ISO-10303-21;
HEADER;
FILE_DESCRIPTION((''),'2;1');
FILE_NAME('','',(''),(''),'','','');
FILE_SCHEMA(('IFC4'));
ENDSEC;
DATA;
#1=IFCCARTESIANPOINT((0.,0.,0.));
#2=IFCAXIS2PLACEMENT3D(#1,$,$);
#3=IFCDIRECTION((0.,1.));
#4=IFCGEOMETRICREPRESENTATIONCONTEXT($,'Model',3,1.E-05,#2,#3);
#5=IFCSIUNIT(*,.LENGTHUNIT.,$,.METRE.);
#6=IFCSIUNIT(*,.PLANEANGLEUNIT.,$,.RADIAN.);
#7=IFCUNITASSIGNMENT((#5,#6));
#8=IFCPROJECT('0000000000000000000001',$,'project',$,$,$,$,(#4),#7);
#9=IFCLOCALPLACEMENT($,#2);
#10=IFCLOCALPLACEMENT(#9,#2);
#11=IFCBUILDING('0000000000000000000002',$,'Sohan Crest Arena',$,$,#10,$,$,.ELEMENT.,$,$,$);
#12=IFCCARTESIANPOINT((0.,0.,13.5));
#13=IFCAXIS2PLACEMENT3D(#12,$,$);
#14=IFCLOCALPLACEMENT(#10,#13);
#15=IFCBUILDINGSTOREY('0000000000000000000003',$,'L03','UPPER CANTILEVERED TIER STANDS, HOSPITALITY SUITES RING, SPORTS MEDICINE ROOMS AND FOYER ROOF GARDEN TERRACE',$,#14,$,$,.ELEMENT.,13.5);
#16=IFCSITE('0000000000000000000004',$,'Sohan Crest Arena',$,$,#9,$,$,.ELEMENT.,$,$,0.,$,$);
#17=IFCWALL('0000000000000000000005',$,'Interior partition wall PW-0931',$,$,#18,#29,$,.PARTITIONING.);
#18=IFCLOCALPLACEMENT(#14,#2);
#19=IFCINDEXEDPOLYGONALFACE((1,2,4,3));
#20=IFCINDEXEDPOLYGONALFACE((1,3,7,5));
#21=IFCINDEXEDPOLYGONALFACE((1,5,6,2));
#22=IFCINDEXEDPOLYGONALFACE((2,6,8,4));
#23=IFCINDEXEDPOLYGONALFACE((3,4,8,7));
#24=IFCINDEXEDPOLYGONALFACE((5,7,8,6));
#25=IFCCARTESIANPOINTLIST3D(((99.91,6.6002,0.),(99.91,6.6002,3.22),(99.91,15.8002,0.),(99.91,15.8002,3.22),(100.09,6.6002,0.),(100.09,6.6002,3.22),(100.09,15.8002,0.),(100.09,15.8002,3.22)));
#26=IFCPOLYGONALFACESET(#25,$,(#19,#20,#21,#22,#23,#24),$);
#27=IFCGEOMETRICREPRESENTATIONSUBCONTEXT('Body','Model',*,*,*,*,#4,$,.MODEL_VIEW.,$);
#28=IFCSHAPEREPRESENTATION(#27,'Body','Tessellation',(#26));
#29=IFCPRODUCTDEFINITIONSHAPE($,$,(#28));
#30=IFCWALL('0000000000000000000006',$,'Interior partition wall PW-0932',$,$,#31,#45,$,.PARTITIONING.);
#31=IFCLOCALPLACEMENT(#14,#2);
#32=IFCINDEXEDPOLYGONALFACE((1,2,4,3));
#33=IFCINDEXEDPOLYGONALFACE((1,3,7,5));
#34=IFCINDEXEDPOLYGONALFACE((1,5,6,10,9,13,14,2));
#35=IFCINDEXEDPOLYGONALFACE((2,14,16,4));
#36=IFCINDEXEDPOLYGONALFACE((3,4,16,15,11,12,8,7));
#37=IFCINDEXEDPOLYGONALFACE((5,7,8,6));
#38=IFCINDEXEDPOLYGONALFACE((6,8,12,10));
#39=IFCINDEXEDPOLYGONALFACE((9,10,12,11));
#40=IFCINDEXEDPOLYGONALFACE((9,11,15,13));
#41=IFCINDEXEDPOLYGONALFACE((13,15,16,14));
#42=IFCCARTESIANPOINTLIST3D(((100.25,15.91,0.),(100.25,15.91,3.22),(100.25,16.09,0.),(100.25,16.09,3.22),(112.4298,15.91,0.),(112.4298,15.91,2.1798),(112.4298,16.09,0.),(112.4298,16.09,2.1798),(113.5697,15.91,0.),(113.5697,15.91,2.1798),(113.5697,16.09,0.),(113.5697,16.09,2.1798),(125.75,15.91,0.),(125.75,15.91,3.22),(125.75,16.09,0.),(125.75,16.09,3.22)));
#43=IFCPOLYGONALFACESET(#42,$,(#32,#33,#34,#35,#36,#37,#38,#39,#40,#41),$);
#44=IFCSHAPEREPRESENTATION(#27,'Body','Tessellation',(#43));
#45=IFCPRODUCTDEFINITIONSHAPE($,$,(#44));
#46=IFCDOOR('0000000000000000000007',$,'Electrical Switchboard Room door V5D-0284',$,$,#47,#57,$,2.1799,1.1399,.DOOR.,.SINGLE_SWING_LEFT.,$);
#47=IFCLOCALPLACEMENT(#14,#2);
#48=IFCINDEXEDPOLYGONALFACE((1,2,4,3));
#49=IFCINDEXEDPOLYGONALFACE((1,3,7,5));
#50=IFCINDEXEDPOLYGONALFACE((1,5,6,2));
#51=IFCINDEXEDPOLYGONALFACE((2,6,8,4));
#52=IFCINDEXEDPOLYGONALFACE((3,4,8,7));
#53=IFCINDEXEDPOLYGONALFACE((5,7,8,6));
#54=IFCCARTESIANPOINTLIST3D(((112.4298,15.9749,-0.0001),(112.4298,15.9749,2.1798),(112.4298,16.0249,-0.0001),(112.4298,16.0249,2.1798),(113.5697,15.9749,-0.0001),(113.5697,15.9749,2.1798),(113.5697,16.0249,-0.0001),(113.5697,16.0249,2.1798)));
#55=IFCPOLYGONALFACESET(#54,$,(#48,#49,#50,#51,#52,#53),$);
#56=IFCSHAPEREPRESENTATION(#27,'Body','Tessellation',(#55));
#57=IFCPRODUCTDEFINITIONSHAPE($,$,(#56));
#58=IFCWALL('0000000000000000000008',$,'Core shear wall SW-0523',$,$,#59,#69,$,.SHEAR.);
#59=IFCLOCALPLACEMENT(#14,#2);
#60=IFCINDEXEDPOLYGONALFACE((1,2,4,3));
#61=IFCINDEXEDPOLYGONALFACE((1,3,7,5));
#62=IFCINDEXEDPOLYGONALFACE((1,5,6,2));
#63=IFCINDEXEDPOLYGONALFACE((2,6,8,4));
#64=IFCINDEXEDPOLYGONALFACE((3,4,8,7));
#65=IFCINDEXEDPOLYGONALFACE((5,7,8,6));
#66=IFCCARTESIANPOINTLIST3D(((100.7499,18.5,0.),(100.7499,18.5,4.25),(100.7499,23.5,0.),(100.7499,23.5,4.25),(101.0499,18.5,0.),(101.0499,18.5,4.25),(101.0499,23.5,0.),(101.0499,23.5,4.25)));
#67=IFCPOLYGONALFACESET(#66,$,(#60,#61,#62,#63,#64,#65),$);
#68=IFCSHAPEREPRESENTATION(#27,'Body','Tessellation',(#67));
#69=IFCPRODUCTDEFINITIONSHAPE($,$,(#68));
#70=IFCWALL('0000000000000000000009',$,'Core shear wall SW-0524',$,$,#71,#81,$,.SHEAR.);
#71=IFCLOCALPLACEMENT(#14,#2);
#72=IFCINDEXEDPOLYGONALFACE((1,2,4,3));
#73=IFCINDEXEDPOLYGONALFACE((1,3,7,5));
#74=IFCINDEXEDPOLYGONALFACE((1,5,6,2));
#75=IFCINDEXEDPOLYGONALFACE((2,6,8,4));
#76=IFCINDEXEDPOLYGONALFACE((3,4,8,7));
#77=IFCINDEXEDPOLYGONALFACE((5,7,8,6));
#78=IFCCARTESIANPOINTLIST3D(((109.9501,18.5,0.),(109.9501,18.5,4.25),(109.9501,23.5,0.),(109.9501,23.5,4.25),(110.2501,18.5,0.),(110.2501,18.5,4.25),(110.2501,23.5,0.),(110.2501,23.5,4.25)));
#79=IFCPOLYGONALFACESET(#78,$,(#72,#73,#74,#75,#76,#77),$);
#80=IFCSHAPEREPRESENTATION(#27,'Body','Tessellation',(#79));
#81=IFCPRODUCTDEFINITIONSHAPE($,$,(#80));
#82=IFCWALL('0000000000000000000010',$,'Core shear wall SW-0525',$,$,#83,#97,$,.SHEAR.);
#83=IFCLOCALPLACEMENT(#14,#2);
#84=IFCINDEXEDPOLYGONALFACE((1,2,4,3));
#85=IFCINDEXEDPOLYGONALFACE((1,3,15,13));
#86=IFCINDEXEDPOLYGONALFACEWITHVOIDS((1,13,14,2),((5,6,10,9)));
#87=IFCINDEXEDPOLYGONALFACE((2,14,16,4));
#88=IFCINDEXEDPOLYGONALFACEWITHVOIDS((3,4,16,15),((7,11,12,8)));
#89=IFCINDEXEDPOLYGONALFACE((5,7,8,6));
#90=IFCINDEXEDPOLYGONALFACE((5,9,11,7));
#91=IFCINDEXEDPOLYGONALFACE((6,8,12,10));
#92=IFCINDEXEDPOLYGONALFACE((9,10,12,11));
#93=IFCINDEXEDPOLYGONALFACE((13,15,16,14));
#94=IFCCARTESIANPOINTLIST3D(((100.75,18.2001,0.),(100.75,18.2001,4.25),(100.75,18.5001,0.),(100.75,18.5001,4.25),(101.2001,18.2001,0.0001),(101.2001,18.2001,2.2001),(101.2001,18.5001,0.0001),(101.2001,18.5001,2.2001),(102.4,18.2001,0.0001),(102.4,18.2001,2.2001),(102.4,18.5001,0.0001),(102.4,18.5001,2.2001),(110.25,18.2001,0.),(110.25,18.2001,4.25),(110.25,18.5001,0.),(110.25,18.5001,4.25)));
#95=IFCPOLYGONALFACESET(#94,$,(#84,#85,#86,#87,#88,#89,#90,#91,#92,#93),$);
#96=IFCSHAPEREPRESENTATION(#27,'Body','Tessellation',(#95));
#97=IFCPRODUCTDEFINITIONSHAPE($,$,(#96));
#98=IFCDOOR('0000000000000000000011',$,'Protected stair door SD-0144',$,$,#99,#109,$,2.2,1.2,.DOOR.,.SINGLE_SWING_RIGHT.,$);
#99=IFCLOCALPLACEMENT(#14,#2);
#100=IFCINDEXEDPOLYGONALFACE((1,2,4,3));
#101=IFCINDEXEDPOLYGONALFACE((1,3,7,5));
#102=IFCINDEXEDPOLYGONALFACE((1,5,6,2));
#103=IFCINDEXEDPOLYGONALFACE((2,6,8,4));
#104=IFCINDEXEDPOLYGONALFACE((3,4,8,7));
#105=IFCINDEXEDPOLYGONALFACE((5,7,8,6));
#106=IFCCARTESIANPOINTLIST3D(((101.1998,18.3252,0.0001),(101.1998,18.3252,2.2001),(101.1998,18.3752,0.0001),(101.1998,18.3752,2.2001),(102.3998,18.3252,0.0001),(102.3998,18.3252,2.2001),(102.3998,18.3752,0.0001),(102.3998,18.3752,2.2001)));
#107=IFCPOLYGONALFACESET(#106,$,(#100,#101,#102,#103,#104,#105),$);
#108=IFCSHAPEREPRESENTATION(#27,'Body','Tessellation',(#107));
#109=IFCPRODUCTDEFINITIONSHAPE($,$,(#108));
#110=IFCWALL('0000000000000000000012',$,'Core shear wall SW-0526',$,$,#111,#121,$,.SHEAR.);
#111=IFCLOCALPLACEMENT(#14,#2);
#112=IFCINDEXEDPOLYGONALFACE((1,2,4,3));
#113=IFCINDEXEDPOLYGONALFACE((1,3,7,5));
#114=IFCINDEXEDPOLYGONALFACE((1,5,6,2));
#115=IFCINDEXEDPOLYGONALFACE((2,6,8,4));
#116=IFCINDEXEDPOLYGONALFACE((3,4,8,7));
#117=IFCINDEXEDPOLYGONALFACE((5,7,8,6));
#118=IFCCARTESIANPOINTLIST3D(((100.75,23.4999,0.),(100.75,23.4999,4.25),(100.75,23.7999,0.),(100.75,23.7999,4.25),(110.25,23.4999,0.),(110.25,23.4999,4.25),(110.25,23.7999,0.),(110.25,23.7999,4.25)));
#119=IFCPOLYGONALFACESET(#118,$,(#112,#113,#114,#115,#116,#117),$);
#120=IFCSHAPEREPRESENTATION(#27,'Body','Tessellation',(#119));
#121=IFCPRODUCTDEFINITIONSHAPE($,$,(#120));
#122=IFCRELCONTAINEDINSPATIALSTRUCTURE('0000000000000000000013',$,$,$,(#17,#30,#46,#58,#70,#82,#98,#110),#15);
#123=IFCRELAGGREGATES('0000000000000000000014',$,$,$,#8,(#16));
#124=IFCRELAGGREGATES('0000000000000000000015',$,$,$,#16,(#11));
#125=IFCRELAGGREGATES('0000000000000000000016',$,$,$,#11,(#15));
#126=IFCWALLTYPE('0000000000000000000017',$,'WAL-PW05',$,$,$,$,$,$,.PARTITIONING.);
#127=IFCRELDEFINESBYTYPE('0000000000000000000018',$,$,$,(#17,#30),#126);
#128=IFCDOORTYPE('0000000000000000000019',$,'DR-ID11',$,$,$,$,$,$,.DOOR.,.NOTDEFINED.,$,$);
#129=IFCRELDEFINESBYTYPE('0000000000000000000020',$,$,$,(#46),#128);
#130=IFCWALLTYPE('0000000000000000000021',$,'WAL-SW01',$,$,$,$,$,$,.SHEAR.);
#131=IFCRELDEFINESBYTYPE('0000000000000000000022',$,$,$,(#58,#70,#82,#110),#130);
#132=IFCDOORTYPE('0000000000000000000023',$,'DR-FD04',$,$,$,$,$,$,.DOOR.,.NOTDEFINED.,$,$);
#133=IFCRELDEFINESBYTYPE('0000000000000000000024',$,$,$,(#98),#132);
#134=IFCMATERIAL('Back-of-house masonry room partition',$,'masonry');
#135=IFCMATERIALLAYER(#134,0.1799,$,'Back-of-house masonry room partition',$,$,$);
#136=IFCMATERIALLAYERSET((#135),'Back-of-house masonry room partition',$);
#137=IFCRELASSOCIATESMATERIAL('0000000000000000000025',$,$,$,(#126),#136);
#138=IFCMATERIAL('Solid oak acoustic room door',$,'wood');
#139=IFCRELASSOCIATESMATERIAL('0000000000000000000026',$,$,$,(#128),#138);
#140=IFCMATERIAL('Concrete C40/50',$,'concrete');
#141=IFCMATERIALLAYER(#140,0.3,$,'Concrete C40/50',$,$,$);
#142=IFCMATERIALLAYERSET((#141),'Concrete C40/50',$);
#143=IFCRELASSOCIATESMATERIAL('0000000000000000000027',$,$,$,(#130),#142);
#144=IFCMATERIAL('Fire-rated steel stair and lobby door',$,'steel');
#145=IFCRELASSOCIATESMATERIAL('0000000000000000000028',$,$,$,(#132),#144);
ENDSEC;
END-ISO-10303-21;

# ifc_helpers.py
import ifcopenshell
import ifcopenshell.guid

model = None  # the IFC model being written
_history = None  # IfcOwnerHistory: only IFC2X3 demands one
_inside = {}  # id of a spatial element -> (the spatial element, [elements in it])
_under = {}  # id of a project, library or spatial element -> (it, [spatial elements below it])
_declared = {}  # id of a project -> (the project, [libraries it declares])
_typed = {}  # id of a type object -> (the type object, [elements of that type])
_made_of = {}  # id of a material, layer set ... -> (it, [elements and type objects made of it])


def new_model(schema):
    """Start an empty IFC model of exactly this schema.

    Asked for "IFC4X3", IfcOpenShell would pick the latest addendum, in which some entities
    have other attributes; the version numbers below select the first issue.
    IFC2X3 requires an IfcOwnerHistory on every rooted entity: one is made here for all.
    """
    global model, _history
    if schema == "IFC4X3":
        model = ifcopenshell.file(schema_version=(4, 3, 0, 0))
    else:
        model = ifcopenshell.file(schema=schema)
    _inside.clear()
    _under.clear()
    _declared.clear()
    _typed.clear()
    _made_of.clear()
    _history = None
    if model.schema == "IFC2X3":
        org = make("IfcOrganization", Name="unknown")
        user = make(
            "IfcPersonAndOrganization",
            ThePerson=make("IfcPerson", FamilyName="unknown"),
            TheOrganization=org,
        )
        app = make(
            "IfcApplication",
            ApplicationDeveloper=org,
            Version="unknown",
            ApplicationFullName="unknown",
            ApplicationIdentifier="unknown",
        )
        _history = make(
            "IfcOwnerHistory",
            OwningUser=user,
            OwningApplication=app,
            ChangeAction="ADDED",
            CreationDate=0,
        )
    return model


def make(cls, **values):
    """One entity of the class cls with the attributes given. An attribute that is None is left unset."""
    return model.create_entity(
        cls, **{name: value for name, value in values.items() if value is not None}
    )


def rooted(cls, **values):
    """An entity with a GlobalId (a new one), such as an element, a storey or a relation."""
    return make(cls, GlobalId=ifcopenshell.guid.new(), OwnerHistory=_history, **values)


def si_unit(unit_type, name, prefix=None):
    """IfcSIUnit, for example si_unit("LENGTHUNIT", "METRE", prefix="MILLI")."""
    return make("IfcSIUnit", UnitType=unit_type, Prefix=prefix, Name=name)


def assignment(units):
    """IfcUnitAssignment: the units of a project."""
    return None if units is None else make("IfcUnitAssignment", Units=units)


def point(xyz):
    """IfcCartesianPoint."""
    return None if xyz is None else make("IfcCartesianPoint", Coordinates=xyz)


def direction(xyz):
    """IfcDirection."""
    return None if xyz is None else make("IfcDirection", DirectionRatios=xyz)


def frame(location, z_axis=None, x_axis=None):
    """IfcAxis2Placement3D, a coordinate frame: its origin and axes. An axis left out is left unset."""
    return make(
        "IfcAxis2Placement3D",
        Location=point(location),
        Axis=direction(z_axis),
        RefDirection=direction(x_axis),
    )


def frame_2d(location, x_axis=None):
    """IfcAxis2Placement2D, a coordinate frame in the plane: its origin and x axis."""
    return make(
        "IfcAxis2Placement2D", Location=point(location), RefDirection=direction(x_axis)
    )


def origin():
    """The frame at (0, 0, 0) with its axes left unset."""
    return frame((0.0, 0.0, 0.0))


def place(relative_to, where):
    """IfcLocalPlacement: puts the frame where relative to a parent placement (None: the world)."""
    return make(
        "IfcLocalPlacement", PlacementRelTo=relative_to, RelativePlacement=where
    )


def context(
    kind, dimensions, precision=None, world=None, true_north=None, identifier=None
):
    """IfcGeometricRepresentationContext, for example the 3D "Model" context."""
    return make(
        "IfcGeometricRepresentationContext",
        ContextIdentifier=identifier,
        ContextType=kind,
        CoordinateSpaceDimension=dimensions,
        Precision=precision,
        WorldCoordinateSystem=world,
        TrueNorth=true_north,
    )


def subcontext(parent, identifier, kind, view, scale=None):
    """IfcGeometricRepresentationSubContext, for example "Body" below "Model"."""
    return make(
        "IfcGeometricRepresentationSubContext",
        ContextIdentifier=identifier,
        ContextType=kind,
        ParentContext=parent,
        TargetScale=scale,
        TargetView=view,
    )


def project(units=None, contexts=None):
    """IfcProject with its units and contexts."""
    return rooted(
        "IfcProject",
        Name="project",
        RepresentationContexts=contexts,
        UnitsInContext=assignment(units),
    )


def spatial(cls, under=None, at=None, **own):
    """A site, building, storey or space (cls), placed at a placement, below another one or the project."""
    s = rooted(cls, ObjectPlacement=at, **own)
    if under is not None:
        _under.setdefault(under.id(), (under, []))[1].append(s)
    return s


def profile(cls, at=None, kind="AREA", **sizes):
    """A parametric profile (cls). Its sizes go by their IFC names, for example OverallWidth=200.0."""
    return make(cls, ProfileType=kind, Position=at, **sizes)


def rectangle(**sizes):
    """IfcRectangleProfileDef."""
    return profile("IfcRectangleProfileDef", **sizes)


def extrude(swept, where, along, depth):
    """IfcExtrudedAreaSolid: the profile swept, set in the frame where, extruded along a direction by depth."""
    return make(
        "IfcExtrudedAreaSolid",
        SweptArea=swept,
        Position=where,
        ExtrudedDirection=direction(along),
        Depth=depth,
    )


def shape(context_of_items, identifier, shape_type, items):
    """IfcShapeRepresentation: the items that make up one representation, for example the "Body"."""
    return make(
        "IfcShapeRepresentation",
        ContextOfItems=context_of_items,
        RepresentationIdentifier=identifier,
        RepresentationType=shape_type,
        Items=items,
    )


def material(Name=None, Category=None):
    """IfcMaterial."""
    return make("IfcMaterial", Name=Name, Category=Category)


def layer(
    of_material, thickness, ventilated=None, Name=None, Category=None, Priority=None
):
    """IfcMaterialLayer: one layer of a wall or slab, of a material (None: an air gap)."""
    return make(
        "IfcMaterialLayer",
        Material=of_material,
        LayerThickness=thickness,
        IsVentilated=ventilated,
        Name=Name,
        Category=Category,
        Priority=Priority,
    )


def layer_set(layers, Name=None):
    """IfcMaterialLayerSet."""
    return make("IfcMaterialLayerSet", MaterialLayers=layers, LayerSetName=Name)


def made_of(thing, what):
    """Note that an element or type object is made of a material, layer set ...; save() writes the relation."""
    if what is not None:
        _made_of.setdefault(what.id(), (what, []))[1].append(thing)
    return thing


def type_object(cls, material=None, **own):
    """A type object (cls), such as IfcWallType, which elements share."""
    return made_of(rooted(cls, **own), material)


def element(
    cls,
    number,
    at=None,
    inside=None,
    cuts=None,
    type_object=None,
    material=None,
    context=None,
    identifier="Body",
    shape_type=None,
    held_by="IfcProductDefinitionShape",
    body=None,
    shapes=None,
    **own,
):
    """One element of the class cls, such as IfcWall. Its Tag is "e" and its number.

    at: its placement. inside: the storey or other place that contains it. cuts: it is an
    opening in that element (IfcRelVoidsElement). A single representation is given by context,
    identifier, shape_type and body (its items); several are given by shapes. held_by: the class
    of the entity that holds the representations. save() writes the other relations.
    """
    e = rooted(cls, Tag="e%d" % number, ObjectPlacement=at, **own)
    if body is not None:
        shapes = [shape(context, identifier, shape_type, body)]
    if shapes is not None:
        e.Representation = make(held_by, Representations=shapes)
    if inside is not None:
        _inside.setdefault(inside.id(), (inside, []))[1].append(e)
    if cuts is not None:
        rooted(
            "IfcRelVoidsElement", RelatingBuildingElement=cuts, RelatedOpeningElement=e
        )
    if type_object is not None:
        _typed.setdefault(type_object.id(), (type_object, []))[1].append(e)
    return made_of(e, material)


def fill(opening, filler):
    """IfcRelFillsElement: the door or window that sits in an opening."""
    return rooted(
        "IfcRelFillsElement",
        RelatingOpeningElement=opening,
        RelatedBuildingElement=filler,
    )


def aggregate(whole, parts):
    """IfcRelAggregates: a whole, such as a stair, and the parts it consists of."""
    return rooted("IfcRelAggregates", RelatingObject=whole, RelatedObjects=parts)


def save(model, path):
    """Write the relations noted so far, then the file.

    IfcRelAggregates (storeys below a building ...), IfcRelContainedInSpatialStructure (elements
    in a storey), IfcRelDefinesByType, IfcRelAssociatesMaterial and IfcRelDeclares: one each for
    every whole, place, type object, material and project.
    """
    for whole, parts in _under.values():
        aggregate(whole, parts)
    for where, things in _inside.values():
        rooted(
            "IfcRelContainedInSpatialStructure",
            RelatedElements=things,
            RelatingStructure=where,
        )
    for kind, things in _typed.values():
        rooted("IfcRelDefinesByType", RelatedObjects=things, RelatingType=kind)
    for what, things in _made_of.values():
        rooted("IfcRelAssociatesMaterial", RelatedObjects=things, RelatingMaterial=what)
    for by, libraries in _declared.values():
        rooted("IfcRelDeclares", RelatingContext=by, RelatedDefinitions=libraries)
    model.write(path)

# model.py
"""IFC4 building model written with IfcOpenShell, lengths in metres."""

from ifc_helpers import new_model, si_unit, direction, frame, frame_2d, origin, place, context, subcontext, project, spatial, rectangle, extrude, material, layer, layer_set, type_object, element, fill, save


model = new_model("IFC4")

# Units and contexts
model_context = context("Model", 3, precision=1e-05, world=origin(), true_north=direction((0.0, 1.0)))
body_context = subcontext(model_context, "Body", "Model", "MODEL_VIEW")
ifc_project = project(units=[si_unit("LENGTHUNIT", "METRE"), si_unit("PLANEANGLEUNIT", "RADIAN")], contexts=[model_context])

# Site, building, storey
site_placement = place(None, origin())
site = spatial("IfcSite", under=ifc_project, at=site_placement, Name="Sohan Crest Arena", CompositionType="ELEMENT", RefElevation=0.0)
building_placement = place(site_placement, origin())
building = spatial("IfcBuilding", under=site, at=building_placement, Name="Sohan Crest Arena", CompositionType="ELEMENT")
storey_placement = place(building_placement, frame((0.0, 0.0, 13.5)))
storey = spatial("IfcBuildingStorey", under=building, at=storey_placement, Name="L03", Description="UPPER CANTILEVERED TIER STANDS, HOSPITALITY SUITES RING, SPORTS MEDICINE ROOMS AND FOYER ROOF GARDEN TERRACE", CompositionType="ELEMENT", Elevation=13.5)

# Wall
ifc_material_1 = material(Name="Back-of-house masonry room partition", Category="masonry")
ifc_layer_1 = layer(ifc_material_1, 0.1799, Name="Back-of-house masonry room partition")
ifc_layer_set_1 = layer_set([ifc_layer_1], Name="Back-of-house masonry room partition")
wall_type_1 = type_object("IfcWallType", Name="WAL-PW05", PredefinedType="PARTITIONING", material=ifc_layer_set_1)
wall_1_placement = place(storey_placement, frame((100.0, 6.6001, 0.0), z_axis=(0.0, 0.0, 1.0), x_axis=(0.0, 1.0, 0.0)))
element("IfcWall", 1, at=wall_1_placement, inside=storey, type_object=wall_type_1, Name="Interior partition wall PW-0931", PredefinedType="PARTITIONING", context=body_context, shape_type="SweptSolid", body=[
    extrude(rectangle(XDim=9.2, YDim=0.1799, at=frame_2d((4.6001, 0.0))), origin(), (0.0, 0.0, 1.0), 3.22),
])

# Wall, opening, door
wall_2_placement = place(storey_placement, frame((100.25, 16.0, 0.0), z_axis=(0.0, 0.0, 1.0), x_axis=(1.0, 0.0, 0.0)))
wall_2 = element("IfcWall", 2, at=wall_2_placement, inside=storey, type_object=wall_type_1, Name="Interior partition wall PW-0932", PredefinedType="PARTITIONING", context=body_context, shape_type="SweptSolid", body=[
    extrude(rectangle(XDim=25.5, YDim=0.1799, at=frame_2d((12.75, 0.0))), origin(), (0.0, 0.0, 1.0), 3.22),
])
opening_1_placement = place(wall_2_placement, frame((12.1799, 0.0, 0.0)))
opening_1 = element("IfcOpeningElement", 3, at=opening_1_placement, cuts=wall_2, PredefinedType="OPENING", context=body_context, shape_type="SweptSolid", body=[
    extrude(rectangle(XDim=1.1399, YDim=2.1799, at=frame_2d((0.5698, 1.0898))), frame((0.0, 0.0999, 0.0), z_axis=(0.0, -1.0, 0.0), x_axis=(1.0, 0.0, 0.0)), (0.0, 0.0, 1.0), 0.2),
])
ifc_material_2 = material(Name="Solid oak acoustic room door", Category="wood")
door_type_1 = type_object("IfcDoorType", Name="DR-ID11", OperationType="NOTDEFINED", PredefinedType="DOOR", material=ifc_material_2)
door_1_placement = place(opening_1_placement, origin())
door_1 = element("IfcDoor", 4, at=door_1_placement, inside=storey, type_object=door_type_1, Name="Electrical Switchboard Room door V5D-0284", OperationType="SINGLE_SWING_LEFT", OverallHeight=2.1799, OverallWidth=1.1399, PredefinedType="DOOR", context=body_context, shape_type="SweptSolid", body=[
    extrude(rectangle(XDim=1.1399, YDim=2.1799, at=frame_2d((0.5698, 1.0898))), frame((0.0, 0.0249, 0.0), z_axis=(0.0, -1.0, 0.0), x_axis=(1.0, 0.0, 0.0)), (0.0, 0.0, 1.0), 0.05),
])
fill(opening_1, door_1)

# Walls
ifc_material_3 = material(Name="Concrete C40/50", Category="concrete")
ifc_layer_2 = layer(ifc_material_3, 0.3, Name="Concrete C40/50")
ifc_layer_set_2 = layer_set([ifc_layer_2], Name="Concrete C40/50")
wall_type_2 = type_object("IfcWallType", Name="WAL-SW01", PredefinedType="SHEAR", material=ifc_layer_set_2)
for number, where, z_axis, x_axis, name in (
    (5, (100.8999, 18.5, 0.0), (0.0, 0.0, 1.0), (0.0, 1.0, 0.0), "Core shear wall SW-0523"),
    (6, (110.1001, 18.5, 0.0), (0.0, 0.0, 1.0), (0.0, 1.0, 0.0), "Core shear wall SW-0524"),
):
    element("IfcWall", number, at=place(storey_placement, frame(where, z_axis=z_axis, x_axis=x_axis)), inside=storey, type_object=wall_type_2, Name=name, PredefinedType="SHEAR", context=body_context, shape_type="SweptSolid", body=[
        extrude(rectangle(XDim=5.0, YDim=0.3, at=frame_2d((2.5, 0.0))), origin(), (0.0, 0.0, 1.0), 4.25),
    ])

# Wall, opening, door
wall_3_placement = place(storey_placement, frame((100.75, 18.3501, 0.0), z_axis=(0.0, 0.0, 1.0), x_axis=(1.0, 0.0, 0.0)))
wall_3 = element("IfcWall", 7, at=wall_3_placement, inside=storey, type_object=wall_type_2, Name="Core shear wall SW-0525", PredefinedType="SHEAR", context=body_context, shape_type="SweptSolid", body=[
    extrude(rectangle(XDim=9.5, YDim=0.3, at=frame_2d((4.75, 0.0))), origin(), (0.0, 0.0, 1.0), 4.25),
])
opening_2_placement = place(wall_3_placement, frame((0.45, 0.0, 0.0)))
opening_2 = element("IfcOpeningElement", 8, at=opening_2_placement, cuts=wall_3, PredefinedType="OPENING", context=body_context, shape_type="SweptSolid", body=[
    extrude(rectangle(XDim=1.2, YDim=2.2, at=frame_2d((0.6001, 1.1001))), frame((0.0, 0.1599, 0.0), z_axis=(0.0, -1.0, 0.0), x_axis=(1.0, 0.0, 0.0)), (0.0, 0.0, 1.0), 0.3201),
])
ifc_material_4 = material(Name="Fire-rated steel stair and lobby door", Category="steel")
door_type_2 = type_object("IfcDoorType", Name="DR-FD04", OperationType="NOTDEFINED", PredefinedType="DOOR", material=ifc_material_4)
door_2_placement = place(opening_2_placement, frame((1.2, 0.0, 0.0), z_axis=(0.0, 0.0, 1.0), x_axis=(-1.0, 0.0, 0.0)))
door_2 = element("IfcDoor", 9, at=door_2_placement, inside=storey, type_object=door_type_2, Name="Protected stair door SD-0144", OperationType="SINGLE_SWING_RIGHT", OverallHeight=2.2, OverallWidth=1.2, PredefinedType="DOOR", context=body_context, shape_type="SweptSolid", body=[
    extrude(rectangle(XDim=1.2, YDim=2.2, at=frame_2d((0.6001, 1.1001))), frame((0.0, 0.0249, 0.0), z_axis=(0.0, -1.0, 0.0), x_axis=(1.0, 0.0, 0.0)), (0.0, 0.0, 1.0), 0.05),
])
fill(opening_2, door_2)

# Wall
wall_4_placement = place(storey_placement, frame((100.75, 23.6499, 0.0), z_axis=(0.0, 0.0, 1.0), x_axis=(1.0, 0.0, 0.0)))
element("IfcWall", 10, at=wall_4_placement, inside=storey, type_object=wall_type_2, Name="Core shear wall SW-0526", PredefinedType="SHEAR", context=body_context, shape_type="SweptSolid", body=[
    extrude(rectangle(XDim=9.5, YDim=0.3, at=frame_2d((4.75, 0.0))), origin(), (0.0, 0.0, 1.0), 4.25),
])

save(model, "model.ifc")
